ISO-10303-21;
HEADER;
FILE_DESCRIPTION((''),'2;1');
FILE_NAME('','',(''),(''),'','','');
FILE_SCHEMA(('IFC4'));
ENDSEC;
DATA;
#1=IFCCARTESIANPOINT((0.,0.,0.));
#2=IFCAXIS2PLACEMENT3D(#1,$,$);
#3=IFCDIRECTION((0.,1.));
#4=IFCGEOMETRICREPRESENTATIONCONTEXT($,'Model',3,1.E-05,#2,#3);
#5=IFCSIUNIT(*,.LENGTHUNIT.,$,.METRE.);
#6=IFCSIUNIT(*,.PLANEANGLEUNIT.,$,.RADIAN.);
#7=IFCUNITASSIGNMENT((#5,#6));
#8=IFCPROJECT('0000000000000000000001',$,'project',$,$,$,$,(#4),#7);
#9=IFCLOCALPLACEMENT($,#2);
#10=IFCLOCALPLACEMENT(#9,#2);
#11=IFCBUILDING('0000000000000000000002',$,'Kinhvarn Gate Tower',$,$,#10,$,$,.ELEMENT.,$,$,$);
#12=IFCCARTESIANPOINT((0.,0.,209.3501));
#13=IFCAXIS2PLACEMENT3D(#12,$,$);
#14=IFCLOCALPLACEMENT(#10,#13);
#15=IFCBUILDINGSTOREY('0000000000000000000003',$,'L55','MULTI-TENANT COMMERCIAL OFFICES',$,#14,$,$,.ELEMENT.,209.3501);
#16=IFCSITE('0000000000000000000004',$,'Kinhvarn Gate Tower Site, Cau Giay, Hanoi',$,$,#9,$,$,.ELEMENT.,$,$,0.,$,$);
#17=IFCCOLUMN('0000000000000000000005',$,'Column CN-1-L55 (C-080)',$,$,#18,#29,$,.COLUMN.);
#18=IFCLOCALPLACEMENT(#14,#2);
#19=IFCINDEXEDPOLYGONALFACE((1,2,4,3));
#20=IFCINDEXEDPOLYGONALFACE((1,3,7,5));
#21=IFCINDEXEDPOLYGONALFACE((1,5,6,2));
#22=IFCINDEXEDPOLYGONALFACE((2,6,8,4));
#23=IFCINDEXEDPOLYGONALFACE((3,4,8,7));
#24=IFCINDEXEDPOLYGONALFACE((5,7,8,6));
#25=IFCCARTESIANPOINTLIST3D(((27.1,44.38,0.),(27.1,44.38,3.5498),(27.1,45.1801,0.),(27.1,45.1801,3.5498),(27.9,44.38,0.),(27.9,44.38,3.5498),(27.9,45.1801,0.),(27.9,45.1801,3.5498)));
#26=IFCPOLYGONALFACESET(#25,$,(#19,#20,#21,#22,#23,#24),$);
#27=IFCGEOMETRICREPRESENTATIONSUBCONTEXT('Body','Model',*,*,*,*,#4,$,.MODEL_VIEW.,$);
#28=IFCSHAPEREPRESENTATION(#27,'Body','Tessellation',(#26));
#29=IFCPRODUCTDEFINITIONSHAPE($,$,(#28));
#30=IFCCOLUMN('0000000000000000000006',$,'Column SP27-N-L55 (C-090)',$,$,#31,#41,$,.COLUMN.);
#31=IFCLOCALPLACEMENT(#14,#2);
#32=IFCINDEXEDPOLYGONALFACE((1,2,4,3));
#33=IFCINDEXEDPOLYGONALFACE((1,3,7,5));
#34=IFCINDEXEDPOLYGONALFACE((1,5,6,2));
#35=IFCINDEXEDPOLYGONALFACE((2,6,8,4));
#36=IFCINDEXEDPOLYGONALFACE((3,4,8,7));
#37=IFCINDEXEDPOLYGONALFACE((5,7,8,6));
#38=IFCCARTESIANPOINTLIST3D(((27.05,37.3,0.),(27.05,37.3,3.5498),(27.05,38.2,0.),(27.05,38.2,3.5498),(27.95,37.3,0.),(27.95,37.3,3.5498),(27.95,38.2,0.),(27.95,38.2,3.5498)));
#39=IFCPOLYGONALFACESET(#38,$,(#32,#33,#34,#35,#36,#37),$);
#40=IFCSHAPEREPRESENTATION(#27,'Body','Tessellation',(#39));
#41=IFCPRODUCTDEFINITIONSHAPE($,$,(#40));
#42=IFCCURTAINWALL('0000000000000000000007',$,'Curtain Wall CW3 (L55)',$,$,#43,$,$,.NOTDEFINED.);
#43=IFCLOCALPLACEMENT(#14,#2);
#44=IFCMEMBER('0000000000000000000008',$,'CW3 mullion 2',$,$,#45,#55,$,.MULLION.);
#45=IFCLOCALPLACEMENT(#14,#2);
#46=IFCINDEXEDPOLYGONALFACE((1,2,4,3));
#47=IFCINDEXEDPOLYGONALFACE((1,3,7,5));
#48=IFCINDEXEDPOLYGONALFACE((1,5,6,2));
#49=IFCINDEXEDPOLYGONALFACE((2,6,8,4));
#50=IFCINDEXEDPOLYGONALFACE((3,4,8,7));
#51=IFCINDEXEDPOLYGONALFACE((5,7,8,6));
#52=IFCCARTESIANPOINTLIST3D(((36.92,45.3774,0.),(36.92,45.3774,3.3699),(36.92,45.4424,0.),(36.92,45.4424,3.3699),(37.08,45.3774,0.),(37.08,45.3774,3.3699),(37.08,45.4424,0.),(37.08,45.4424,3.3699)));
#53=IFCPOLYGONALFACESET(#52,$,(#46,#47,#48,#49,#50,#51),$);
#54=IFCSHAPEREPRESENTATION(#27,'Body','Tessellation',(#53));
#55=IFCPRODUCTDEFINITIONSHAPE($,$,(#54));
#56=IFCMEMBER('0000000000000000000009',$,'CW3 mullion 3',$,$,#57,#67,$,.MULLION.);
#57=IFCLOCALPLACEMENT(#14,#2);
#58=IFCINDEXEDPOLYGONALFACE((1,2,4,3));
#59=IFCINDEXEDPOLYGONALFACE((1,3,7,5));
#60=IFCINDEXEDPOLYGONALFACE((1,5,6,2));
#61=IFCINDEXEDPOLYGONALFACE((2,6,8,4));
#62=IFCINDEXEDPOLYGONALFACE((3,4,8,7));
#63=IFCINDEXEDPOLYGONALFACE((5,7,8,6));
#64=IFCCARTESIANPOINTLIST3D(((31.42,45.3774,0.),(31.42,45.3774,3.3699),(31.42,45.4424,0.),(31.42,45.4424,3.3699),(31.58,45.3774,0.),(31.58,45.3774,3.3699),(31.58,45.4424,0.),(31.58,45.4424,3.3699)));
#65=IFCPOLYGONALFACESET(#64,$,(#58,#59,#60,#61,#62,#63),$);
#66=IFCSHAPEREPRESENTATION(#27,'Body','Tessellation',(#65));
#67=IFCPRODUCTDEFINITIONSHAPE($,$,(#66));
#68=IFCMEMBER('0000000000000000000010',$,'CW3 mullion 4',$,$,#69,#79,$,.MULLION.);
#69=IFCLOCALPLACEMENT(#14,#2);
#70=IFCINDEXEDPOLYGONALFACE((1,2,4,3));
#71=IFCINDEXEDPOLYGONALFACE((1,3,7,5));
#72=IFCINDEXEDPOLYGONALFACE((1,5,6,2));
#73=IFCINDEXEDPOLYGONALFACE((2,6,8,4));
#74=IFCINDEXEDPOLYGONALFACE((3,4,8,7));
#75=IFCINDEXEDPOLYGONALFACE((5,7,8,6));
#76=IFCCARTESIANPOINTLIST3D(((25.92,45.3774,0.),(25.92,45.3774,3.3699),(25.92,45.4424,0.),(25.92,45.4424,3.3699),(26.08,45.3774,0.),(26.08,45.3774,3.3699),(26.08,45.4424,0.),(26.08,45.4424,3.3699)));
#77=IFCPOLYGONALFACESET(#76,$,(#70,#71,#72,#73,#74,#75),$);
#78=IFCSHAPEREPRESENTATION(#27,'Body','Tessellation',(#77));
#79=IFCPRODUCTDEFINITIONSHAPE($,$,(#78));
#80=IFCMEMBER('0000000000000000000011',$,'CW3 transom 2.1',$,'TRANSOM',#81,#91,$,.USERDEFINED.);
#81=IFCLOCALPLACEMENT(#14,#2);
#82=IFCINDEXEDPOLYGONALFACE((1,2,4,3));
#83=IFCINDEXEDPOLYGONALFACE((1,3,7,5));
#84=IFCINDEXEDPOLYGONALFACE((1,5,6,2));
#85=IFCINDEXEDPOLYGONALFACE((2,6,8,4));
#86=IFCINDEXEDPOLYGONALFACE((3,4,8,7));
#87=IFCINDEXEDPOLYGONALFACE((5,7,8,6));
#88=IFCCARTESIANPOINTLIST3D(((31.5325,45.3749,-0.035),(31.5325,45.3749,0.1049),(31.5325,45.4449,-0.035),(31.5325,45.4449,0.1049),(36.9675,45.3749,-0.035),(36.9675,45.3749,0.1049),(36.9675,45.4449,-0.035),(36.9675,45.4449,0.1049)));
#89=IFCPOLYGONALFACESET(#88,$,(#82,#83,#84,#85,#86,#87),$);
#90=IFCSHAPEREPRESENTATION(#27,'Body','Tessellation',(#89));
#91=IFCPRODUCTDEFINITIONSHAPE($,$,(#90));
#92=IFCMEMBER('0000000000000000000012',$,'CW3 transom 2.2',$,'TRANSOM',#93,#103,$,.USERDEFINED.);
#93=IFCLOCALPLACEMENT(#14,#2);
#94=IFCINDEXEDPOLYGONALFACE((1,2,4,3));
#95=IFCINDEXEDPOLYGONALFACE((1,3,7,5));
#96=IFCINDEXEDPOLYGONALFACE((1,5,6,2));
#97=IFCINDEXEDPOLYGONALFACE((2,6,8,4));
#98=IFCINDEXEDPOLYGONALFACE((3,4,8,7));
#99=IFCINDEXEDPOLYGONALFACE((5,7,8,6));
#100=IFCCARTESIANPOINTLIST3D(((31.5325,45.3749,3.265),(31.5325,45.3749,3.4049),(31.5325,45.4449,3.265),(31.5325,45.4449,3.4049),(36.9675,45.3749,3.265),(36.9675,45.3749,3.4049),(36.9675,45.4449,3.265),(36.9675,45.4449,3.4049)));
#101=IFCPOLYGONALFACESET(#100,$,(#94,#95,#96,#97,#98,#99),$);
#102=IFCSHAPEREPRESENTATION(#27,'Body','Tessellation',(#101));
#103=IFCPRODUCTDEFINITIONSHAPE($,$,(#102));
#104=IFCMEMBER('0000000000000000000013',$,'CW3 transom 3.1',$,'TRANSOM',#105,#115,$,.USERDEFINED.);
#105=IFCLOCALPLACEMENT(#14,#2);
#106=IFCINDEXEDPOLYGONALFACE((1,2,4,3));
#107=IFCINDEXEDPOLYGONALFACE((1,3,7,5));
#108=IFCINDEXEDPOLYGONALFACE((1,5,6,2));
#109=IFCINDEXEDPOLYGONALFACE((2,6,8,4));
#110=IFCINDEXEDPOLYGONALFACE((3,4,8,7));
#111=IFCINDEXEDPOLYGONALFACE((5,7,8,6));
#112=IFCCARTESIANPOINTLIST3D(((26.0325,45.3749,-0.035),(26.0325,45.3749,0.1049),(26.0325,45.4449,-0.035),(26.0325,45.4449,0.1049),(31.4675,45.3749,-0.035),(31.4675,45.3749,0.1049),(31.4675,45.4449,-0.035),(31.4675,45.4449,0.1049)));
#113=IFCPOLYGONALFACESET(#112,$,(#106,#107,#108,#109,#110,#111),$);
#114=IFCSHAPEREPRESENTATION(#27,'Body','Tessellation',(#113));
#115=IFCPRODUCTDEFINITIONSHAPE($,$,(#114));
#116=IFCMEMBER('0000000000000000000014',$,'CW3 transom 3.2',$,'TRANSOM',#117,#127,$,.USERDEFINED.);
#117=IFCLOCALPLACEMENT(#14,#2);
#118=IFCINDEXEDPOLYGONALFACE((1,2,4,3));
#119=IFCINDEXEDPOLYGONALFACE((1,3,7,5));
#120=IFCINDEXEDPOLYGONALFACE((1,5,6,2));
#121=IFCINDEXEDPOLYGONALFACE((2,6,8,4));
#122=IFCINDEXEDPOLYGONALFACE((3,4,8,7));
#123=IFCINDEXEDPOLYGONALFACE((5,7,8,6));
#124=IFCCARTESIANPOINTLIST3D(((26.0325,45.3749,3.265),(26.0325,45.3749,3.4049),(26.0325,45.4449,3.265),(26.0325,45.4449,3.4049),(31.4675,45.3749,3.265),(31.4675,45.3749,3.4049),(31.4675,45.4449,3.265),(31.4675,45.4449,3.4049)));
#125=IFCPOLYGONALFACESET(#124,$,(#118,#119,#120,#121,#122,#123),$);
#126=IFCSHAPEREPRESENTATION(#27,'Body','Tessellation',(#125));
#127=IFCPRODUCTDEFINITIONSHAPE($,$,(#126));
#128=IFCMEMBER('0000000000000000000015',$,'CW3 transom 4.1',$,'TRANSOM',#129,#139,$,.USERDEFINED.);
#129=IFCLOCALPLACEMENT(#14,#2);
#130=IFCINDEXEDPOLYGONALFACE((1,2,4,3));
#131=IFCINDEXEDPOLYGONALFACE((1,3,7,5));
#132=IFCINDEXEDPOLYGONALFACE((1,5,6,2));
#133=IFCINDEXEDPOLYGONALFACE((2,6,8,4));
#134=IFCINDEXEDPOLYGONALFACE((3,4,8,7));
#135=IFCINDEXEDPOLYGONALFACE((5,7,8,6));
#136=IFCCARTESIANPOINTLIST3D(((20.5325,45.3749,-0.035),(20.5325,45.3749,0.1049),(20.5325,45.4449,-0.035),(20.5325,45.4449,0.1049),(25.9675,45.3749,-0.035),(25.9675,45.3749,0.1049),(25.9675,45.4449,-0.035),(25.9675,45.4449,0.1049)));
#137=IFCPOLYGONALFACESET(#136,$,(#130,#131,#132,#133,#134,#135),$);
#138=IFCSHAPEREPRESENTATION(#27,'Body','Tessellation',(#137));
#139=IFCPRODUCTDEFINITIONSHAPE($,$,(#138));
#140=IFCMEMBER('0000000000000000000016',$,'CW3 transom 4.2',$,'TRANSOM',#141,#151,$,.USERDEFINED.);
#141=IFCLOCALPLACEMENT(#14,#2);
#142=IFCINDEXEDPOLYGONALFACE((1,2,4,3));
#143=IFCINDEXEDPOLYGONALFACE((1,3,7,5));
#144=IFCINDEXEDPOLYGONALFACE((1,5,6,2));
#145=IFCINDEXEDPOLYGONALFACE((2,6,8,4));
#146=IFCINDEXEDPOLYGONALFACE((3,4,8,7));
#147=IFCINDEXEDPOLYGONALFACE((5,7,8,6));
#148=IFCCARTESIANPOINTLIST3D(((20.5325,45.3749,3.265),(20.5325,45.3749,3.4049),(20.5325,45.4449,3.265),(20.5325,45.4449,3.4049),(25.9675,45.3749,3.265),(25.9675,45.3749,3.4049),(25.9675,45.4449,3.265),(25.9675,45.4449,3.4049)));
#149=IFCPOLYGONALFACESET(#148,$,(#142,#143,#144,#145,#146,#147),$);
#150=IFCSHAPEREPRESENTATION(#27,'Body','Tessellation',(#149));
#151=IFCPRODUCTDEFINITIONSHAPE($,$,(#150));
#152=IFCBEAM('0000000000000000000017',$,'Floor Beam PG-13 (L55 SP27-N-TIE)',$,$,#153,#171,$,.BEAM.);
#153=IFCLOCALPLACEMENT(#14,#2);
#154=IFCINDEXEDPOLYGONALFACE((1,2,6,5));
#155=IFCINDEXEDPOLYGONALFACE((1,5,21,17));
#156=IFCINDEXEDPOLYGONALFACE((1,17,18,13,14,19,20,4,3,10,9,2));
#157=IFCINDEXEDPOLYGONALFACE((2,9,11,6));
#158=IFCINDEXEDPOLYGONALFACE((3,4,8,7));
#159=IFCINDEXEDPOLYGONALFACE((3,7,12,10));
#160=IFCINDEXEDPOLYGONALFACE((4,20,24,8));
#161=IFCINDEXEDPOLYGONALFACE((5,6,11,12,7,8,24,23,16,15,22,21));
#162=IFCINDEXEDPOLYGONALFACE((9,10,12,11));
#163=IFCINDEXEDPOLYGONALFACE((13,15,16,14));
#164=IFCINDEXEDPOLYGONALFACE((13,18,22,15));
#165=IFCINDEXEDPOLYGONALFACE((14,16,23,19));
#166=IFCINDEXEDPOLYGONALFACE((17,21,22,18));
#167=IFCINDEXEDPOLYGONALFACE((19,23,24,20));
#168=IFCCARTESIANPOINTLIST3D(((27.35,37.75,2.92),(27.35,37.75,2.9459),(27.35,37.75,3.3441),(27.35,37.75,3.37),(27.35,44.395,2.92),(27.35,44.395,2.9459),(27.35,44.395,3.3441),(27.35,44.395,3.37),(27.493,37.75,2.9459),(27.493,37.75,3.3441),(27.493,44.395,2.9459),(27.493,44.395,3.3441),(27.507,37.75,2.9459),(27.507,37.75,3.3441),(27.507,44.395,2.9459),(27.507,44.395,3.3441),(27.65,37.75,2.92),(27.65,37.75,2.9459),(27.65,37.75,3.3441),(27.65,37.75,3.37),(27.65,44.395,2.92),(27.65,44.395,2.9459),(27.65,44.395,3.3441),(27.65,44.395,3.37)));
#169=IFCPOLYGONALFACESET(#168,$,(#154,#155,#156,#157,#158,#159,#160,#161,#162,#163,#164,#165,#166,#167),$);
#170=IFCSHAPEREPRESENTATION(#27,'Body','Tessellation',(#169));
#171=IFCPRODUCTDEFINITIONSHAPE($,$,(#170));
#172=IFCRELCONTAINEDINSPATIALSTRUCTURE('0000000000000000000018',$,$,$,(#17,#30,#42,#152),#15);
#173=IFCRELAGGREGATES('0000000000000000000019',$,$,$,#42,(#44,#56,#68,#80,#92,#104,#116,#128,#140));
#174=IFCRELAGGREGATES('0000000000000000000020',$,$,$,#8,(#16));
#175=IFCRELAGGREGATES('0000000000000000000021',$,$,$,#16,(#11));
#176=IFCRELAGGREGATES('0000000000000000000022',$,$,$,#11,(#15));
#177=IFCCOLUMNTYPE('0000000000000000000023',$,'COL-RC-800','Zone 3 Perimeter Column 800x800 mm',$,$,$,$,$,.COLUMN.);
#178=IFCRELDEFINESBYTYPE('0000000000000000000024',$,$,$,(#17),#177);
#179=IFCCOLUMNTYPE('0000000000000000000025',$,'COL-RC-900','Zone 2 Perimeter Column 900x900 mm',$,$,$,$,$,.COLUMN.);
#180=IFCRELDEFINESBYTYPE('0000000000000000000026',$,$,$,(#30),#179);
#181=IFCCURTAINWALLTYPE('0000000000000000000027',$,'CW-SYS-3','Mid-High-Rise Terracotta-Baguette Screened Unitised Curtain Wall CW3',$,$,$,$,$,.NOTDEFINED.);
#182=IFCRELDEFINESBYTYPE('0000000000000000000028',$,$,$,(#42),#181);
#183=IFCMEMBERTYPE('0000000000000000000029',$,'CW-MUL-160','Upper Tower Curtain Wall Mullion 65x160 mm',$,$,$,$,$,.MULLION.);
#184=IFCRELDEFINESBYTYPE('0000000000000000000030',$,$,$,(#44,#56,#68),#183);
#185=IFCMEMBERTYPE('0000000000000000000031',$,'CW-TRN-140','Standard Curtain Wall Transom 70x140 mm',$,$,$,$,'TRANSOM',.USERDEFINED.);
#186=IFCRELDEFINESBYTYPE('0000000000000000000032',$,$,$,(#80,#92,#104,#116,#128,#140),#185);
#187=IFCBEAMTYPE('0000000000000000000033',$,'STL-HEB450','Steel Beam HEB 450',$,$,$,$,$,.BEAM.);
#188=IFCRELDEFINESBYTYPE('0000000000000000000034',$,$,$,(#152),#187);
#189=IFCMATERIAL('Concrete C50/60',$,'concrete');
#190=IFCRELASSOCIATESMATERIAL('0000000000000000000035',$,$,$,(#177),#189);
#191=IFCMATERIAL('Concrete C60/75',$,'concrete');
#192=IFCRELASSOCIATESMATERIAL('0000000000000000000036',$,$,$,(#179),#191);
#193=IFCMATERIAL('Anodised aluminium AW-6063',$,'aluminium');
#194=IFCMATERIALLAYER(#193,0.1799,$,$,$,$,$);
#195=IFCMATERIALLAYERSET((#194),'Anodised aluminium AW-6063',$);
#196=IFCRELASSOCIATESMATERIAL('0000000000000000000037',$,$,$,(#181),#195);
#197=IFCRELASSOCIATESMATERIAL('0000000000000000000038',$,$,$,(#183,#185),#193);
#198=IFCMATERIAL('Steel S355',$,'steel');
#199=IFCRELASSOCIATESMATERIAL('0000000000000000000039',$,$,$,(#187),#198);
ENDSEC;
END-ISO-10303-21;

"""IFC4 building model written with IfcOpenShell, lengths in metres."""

from ifc_helpers import new_model, si_unit, direction, frame, origin, origin_2d, place, context, subcontext, project, spatial, rectangle, i_section, extrude, material, layer, layer_set, material_profile, profile_set, type_object, element, aggregate, save


model = new_model("IFC4")

# Units and contexts
model_context = context("Model", 3, precision=1e-05, world=origin(), true_north=direction((0.0, 1.0)))
body_context = subcontext(model_context, "Body", "Model", "MODEL_VIEW")
ifc_project = project(units=[si_unit("LENGTHUNIT", "METRE"), si_unit("PLANEANGLEUNIT", "RADIAN")], contexts=[model_context])

# Site, building, storey
site_placement = place(None, origin())
site = spatial("IfcSite", under=ifc_project, at=site_placement, Name="Kinhvarn Gate Tower Site, Cau Giay, Hanoi", CompositionType="ELEMENT", RefElevation=0.0)
building_placement = place(site_placement, origin())
building = spatial("IfcBuilding", under=site, at=building_placement, Name="Kinhvarn Gate Tower", CompositionType="ELEMENT")
storey_placement = place(building_placement, frame((0.0, 0.0, 209.3501)))
storey = spatial("IfcBuildingStorey", under=building, at=storey_placement, Name="L55", Description="MULTI-TENANT COMMERCIAL OFFICES", CompositionType="ELEMENT", Elevation=209.3501)

# Columns
ifc_material_1 = material(Name="Concrete C50/60", Category="concrete")
ifc_material_profile_1 = material_profile(ifc_material_1, rectangle(XDim=0.8, YDim=0.8, at=origin_2d()), Name="RC 800x800")
ifc_profile_set_1 = profile_set([ifc_material_profile_1], Name="Concrete C50/60")
column_type_1 = type_object("IfcColumnType", Name="COL-RC-800", Description="Zone 3 Perimeter Column 800x800 mm", PredefinedType="COLUMN", material=ifc_profile_set_1)
column_1_placement = place(storey_placement, frame((27.5, 44.78, 0.0), z_axis=(0.0, 0.0, 1.0), x_axis=(1.0, 0.0, 0.0)))
element("IfcColumn", 1, at=column_1_placement, inside=storey, type_object=column_type_1, Name="Column CN-1-L55 (C-080)", PredefinedType="COLUMN", context=body_context, shape_type="SweptSolid", body=[
    extrude(rectangle(XDim=0.8, YDim=0.8, at=origin_2d()), origin(), (0.0, 0.0, 1.0), 3.5498),
])
ifc_material_2 = material(Name="Concrete C60/75", Category="concrete")
ifc_material_profile_2 = material_profile(ifc_material_2, rectangle(XDim=0.8999, YDim=0.8999, at=origin_2d()), Name="RC 900x900")
ifc_profile_set_2 = profile_set([ifc_material_profile_2], Name="Concrete C60/75")
column_type_2 = type_object("IfcColumnType", Name="COL-RC-900", Description="Zone 2 Perimeter Column 900x900 mm", PredefinedType="COLUMN", material=ifc_profile_set_2)
column_2_placement = place(storey_placement, frame((27.5, 37.75, 0.0), z_axis=(0.0, 0.0, 1.0), x_axis=(1.0, 0.0, 0.0)))
element("IfcColumn", 2, at=column_2_placement, inside=storey, type_object=column_type_2, Name="Column SP27-N-L55 (C-090)", PredefinedType="COLUMN", context=body_context, shape_type="SweptSolid", body=[
    extrude(rectangle(XDim=0.8999, YDim=0.8999, at=origin_2d()), origin(), (0.0, 0.0, 1.0), 3.5498),
])

# Curtain wall, members
ifc_material_3 = material(Name="Anodised aluminium AW-6063", Category="aluminium")
ifc_layer_1 = layer(ifc_material_3, 0.1799)
ifc_layer_set_1 = layer_set([ifc_layer_1], Name="Anodised aluminium AW-6063")
curtain_wall_type = type_object("IfcCurtainWallType", Name="CW-SYS-3", Description="Mid-High-Rise Terracotta-Baguette Screened Unitised Curtain Wall CW3", PredefinedType="NOTDEFINED", material=ifc_layer_set_1)
curtain_wall_placement = place(storey_placement, origin())
curtain_wall = element("IfcCurtainWall", 3, at=curtain_wall_placement, inside=storey, type_object=curtain_wall_type, Name="Curtain Wall CW3 (L55)", PredefinedType="NOTDEFINED")
ifc_material_profile_3 = material_profile(ifc_material_3, rectangle(XDim=0.0649, YDim=0.1599, at=origin_2d()), Name="ALU 65x160")
ifc_profile_set_3 = profile_set([ifc_material_profile_3], Name="Anodised aluminium AW-6063")
member_type_1 = type_object("IfcMemberType", Name="CW-MUL-160", Description="Upper Tower Curtain Wall Mullion 65x160 mm", PredefinedType="MULLION", material=ifc_profile_set_3)
member_1_placement = place(storey_placement, frame((37.0, 45.4099, 0.0), z_axis=(0.0, 0.0, 1.0), x_axis=(0.0, -1.0, 0.0)))
member_1 = element("IfcMember", 4, at=member_1_placement, type_object=member_type_1, Name="CW3 mullion 2", PredefinedType="MULLION", context=body_context, shape_type="SweptSolid", body=[
    extrude(rectangle(XDim=0.0649, YDim=0.1599, at=origin_2d()), origin(), (0.0, 0.0, 1.0), 3.3699),
])
member_2_placement = place(storey_placement, frame((31.5, 45.4099, 0.0), z_axis=(0.0, 0.0, 1.0), x_axis=(0.0, -1.0, 0.0)))
member_2 = element("IfcMember", 5, at=member_2_placement, type_object=member_type_1, Name="CW3 mullion 3", PredefinedType="MULLION", context=body_context, shape_type="SweptSolid", body=[
    extrude(rectangle(XDim=0.0649, YDim=0.1599, at=origin_2d()), origin(), (0.0, 0.0, 1.0), 3.3699),
])
member_3_placement = place(storey_placement, frame((26.0, 45.4099, 0.0), z_axis=(0.0, 0.0, 1.0), x_axis=(0.0, -1.0, 0.0)))
member_3 = element("IfcMember", 6, at=member_3_placement, type_object=member_type_1, Name="CW3 mullion 4", PredefinedType="MULLION", context=body_context, shape_type="SweptSolid", body=[
    extrude(rectangle(XDim=0.0649, YDim=0.1599, at=origin_2d()), origin(), (0.0, 0.0, 1.0), 3.3699),
])
ifc_material_profile_4 = material_profile(ifc_material_3, rectangle(XDim=0.0701, YDim=0.1399, at=origin_2d()), Name="ALU 70x140")
ifc_profile_set_4 = profile_set([ifc_material_profile_4], Name="Anodised aluminium AW-6063")
member_type_2 = type_object("IfcMemberType", Name="CW-TRN-140", Description="Standard Curtain Wall Transom 70x140 mm", ElementType="TRANSOM", PredefinedType="USERDEFINED", material=ifc_profile_set_4)
member_4_placement = place(storey_placement, frame((36.9675, 45.4099, 0.0349), z_axis=(-1.0, 0.0, 0.0), x_axis=(0.0, -1.0, 0.0)))
member_4 = element("IfcMember", 7, at=member_4_placement, type_object=member_type_2, Name="CW3 transom 2.1", ObjectType="TRANSOM", PredefinedType="USERDEFINED", context=body_context, shape_type="SweptSolid", body=[
    extrude(rectangle(XDim=0.0701, YDim=0.1399, at=origin_2d()), origin(), (0.0, 0.0, 1.0), 5.4351),
])
member_5_placement = place(storey_placement, frame((36.9675, 45.4099, 3.335), z_axis=(-1.0, 0.0, 0.0), x_axis=(0.0, -1.0, 0.0)))
member_5 = element("IfcMember", 8, at=member_5_placement, type_object=member_type_2, Name="CW3 transom 2.2", ObjectType="TRANSOM", PredefinedType="USERDEFINED", context=body_context, shape_type="SweptSolid", body=[
    extrude(rectangle(XDim=0.0701, YDim=0.1399, at=origin_2d()), origin(), (0.0, 0.0, 1.0), 5.4351),
])
member_6_placement = place(storey_placement, frame((31.4675, 45.4099, 0.0349), z_axis=(-1.0, 0.0, 0.0), x_axis=(0.0, -1.0, 0.0)))
member_6 = element("IfcMember", 9, at=member_6_placement, type_object=member_type_2, Name="CW3 transom 3.1", ObjectType="TRANSOM", PredefinedType="USERDEFINED", context=body_context, shape_type="SweptSolid", body=[
    extrude(rectangle(XDim=0.0701, YDim=0.1399, at=origin_2d()), origin(), (0.0, 0.0, 1.0), 5.4351),
])
member_7_placement = place(storey_placement, frame((31.4675, 45.4099, 3.335), z_axis=(-1.0, 0.0, 0.0), x_axis=(0.0, -1.0, 0.0)))
member_7 = element("IfcMember", 10, at=member_7_placement, type_object=member_type_2, Name="CW3 transom 3.2", ObjectType="TRANSOM", PredefinedType="USERDEFINED", context=body_context, shape_type="SweptSolid", body=[
    extrude(rectangle(XDim=0.0701, YDim=0.1399, at=origin_2d()), origin(), (0.0, 0.0, 1.0), 5.4351),
])
member_8_placement = place(storey_placement, frame((25.9675, 45.4099, 0.0349), z_axis=(-1.0, 0.0, 0.0), x_axis=(0.0, -1.0, 0.0)))
member_8 = element("IfcMember", 11, at=member_8_placement, type_object=member_type_2, Name="CW3 transom 4.1", ObjectType="TRANSOM", PredefinedType="USERDEFINED", context=body_context, shape_type="SweptSolid", body=[
    extrude(rectangle(XDim=0.0701, YDim=0.1399, at=origin_2d()), origin(), (0.0, 0.0, 1.0), 5.4351),
])
member_9_placement = place(storey_placement, frame((25.9675, 45.4099, 3.335), z_axis=(-1.0, 0.0, 0.0), x_axis=(0.0, -1.0, 0.0)))
member_9 = element("IfcMember", 12, at=member_9_placement, type_object=member_type_2, Name="CW3 transom 4.2", ObjectType="TRANSOM", PredefinedType="USERDEFINED", context=body_context, shape_type="SweptSolid", body=[
    extrude(rectangle(XDim=0.0701, YDim=0.1399, at=origin_2d()), origin(), (0.0, 0.0, 1.0), 5.4351),
])

# Beam
ifc_material_4 = material(Name="Steel S355", Category="steel")
ifc_material_profile_5 = material_profile(ifc_material_4, i_section(OverallWidth=0.3, OverallDepth=0.45, WebThickness=0.0139, FlangeThickness=0.0259, at=origin_2d()), Name="HEB 450")
ifc_profile_set_5 = profile_set([ifc_material_profile_5], Name="Steel S355")
beam_type_1 = type_object("IfcBeamType", Name="STL-HEB450", Description="Steel Beam HEB 450", PredefinedType="BEAM", material=ifc_profile_set_5)
beam_1_placement = place(storey_placement, frame((27.5, 37.75, 3.145), z_axis=(0.0, 1.0, 0.0), x_axis=(-1.0, 0.0, 0.0)))
element("IfcBeam", 13, at=beam_1_placement, inside=storey, type_object=beam_type_1, Name="Floor Beam PG-13 (L55 SP27-N-TIE)", PredefinedType="BEAM", context=body_context, shape_type="SweptSolid", body=[
    extrude(i_section(OverallWidth=0.3, OverallDepth=0.45, WebThickness=0.0139, FlangeThickness=0.0259, at=origin_2d()), origin(), (0.0, 0.0, 1.0), 6.645),
])

aggregate(curtain_wall, [member_1, member_2, member_3, member_4, member_5, member_6, member_7, member_8, member_9])

save(model, "model.ifc")
